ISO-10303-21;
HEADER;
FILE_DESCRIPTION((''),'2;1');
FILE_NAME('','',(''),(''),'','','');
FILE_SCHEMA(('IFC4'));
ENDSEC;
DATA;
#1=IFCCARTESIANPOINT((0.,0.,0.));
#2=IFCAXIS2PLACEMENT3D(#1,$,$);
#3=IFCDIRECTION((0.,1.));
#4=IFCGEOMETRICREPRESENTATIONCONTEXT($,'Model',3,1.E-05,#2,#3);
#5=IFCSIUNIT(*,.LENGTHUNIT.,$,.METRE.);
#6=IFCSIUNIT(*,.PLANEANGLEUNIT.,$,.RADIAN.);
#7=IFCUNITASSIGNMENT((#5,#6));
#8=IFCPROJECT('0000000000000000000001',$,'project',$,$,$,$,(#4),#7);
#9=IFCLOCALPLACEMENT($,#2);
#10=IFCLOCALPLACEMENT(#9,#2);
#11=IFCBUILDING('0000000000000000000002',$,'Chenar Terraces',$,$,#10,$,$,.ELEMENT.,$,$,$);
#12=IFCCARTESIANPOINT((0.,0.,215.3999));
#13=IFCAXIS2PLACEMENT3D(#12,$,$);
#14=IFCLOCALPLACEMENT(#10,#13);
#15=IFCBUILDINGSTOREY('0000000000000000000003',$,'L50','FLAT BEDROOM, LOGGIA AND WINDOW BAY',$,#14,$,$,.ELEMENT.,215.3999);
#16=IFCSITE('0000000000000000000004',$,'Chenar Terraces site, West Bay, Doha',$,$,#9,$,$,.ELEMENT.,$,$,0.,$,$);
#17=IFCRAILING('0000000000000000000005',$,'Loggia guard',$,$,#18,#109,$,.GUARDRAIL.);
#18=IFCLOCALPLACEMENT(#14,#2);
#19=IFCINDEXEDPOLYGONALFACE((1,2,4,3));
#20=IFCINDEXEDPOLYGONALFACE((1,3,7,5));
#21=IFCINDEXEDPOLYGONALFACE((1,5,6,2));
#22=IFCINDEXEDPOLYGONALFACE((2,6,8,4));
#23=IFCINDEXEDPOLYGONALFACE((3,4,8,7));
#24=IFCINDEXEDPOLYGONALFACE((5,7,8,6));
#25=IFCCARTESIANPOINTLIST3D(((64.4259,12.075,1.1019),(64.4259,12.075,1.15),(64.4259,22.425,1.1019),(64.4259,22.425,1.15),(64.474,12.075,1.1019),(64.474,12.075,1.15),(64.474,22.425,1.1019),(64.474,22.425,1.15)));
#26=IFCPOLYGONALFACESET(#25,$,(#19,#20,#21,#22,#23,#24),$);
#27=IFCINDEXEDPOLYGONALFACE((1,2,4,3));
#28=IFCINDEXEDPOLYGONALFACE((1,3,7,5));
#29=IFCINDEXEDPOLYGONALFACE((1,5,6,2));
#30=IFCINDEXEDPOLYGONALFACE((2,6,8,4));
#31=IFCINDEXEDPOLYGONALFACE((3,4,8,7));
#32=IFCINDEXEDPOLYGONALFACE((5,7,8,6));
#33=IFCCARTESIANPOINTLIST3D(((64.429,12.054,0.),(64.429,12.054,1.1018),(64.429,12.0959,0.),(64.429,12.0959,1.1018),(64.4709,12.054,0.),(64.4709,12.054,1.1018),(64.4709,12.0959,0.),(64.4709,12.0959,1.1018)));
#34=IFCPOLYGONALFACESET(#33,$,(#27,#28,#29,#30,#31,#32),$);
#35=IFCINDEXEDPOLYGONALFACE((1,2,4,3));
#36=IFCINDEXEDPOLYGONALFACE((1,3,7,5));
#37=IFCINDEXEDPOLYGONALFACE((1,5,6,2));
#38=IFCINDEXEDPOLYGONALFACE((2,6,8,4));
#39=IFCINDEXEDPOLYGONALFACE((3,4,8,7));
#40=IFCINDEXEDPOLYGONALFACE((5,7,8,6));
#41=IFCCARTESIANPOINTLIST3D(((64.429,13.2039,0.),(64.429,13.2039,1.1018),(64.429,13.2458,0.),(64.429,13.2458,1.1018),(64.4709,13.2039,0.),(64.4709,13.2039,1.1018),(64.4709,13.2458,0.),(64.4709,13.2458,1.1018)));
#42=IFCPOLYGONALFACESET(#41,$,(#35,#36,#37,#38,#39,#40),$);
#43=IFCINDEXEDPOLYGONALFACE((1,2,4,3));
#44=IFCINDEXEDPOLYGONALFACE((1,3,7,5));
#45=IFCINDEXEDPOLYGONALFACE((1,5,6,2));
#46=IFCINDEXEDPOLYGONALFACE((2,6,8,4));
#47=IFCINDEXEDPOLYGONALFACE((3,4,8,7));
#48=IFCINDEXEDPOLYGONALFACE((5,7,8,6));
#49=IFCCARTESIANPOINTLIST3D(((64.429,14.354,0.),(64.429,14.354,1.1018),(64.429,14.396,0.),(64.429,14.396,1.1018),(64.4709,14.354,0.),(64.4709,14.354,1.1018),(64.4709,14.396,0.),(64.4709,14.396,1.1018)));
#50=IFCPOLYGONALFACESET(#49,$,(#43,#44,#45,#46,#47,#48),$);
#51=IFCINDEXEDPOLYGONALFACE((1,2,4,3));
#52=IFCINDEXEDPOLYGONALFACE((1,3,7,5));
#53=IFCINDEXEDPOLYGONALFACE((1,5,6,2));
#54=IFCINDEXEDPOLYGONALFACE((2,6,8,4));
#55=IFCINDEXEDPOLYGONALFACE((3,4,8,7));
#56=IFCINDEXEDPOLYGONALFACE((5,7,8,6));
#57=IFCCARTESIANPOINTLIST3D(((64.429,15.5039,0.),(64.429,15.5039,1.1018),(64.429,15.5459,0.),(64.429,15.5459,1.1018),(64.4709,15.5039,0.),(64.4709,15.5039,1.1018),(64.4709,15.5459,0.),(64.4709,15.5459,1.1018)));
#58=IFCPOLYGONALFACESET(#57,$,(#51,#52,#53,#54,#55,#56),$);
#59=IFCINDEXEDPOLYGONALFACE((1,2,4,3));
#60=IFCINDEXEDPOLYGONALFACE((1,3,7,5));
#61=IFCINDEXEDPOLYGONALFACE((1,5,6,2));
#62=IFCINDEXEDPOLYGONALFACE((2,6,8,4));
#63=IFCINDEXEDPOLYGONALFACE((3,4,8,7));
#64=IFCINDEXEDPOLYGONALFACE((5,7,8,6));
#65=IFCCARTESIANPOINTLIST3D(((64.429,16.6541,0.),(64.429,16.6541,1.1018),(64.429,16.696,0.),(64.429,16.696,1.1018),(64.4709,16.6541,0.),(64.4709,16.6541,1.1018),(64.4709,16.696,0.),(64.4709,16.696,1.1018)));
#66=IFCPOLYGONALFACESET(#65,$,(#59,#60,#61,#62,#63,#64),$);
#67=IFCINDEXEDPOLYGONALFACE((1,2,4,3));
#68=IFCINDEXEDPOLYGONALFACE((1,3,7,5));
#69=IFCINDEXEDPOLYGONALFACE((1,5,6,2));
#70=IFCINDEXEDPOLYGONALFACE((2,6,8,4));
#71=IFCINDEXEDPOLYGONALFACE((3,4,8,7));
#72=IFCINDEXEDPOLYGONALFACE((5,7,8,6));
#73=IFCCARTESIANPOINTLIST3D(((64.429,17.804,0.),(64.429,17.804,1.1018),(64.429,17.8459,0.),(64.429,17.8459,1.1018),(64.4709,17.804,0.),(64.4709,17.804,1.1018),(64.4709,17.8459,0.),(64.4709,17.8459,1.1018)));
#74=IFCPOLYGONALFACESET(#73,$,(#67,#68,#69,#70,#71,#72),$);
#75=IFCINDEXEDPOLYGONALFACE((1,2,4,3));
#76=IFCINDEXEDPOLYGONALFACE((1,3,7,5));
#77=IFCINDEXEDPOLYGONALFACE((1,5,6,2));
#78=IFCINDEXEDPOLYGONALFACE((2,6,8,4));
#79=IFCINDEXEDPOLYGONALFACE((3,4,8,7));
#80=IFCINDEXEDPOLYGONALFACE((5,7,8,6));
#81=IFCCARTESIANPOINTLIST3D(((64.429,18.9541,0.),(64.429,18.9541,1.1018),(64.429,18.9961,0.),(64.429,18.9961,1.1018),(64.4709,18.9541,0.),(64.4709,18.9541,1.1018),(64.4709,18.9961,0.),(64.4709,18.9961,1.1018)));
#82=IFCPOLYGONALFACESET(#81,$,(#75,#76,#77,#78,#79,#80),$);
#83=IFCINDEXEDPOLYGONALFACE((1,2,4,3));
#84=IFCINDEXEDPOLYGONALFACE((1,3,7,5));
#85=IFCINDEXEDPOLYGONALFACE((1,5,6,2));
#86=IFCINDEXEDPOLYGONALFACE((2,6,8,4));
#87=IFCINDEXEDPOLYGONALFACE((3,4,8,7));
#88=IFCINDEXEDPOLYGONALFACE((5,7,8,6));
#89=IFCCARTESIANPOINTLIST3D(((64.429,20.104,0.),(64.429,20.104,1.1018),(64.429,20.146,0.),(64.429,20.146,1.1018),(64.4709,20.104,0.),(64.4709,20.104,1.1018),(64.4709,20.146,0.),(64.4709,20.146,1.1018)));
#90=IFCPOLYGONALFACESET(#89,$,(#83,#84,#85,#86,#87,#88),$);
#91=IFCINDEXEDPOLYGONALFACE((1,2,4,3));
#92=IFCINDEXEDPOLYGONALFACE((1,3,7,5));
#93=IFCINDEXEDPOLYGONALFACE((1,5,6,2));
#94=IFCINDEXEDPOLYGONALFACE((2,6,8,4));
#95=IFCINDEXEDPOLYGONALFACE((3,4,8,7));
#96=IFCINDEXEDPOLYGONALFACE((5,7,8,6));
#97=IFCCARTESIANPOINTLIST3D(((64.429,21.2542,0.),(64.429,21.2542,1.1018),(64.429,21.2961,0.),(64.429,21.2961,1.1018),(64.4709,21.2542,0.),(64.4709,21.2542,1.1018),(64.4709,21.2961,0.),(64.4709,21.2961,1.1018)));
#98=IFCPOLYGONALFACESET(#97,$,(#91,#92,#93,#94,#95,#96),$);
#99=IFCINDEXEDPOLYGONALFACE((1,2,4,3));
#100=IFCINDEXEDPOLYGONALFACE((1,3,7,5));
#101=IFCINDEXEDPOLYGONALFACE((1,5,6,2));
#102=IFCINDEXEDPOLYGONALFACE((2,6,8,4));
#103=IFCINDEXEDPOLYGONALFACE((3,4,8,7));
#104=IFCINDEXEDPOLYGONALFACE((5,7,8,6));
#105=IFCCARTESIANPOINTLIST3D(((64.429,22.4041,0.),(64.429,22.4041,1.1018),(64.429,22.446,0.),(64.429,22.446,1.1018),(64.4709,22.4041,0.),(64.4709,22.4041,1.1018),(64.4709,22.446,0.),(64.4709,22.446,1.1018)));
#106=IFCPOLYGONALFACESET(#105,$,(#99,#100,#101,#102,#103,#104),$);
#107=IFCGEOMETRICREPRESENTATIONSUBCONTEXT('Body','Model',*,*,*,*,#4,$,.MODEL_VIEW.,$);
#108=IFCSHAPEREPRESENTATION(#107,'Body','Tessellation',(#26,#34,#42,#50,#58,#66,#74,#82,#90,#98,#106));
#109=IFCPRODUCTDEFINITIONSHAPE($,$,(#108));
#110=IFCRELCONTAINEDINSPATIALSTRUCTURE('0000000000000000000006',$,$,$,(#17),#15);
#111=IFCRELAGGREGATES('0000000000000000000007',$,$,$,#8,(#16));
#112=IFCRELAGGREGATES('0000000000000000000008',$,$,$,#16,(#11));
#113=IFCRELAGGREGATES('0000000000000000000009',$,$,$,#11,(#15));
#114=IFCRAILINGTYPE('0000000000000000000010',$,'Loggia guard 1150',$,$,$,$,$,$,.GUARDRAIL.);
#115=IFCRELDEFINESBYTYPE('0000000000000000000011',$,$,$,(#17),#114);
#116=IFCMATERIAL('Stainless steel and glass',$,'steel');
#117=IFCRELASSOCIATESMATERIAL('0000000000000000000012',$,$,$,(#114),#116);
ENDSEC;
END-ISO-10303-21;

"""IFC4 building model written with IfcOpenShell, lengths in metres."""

from ifc_helpers import new_model, si_unit, direction, frame, origin, origin_2d, place, context, subcontext, project, spatial, rectangle, extrude, material, type_object, element, save


model = new_model("IFC4")

# Units and contexts
model_context = context("Model", 3, precision=1e-05, world=origin(), true_north=direction((0.0, 1.0)))
body_context = subcontext(model_context, "Body", "Model", "MODEL_VIEW")
ifc_project = project(units=[si_unit("LENGTHUNIT", "METRE"), si_unit("PLANEANGLEUNIT", "RADIAN")], contexts=[model_context])

# Site, building, storey
site_placement = place(None, origin())
site = spatial("IfcSite", under=ifc_project, at=site_placement, Name="Chenar Terraces site, West Bay, Doha", CompositionType="ELEMENT", RefElevation=0.0)
building_placement = place(site_placement, origin())
building = spatial("IfcBuilding", under=site, at=building_placement, Name="Chenar Terraces", CompositionType="ELEMENT")
storey_placement = place(building_placement, frame((0.0, 0.0, 215.3999)))
storey = spatial("IfcBuildingStorey", under=building, at=storey_placement, Name="L50", Description="FLAT BEDROOM, LOGGIA AND WINDOW BAY", CompositionType="ELEMENT", Elevation=215.3999)

# Railing
ifc_material_1 = material(Name="Stainless steel and glass", Category="steel")
railing_type = type_object("IfcRailingType", Name="Loggia guard 1150", PredefinedType="GUARDRAIL", material=ifc_material_1)
railing_placement = place(storey_placement, frame((64.45, 12.075, 0.0)))
element("IfcRailing", 1, at=railing_placement, inside=storey, type_object=railing_type, Name="Loggia guard", PredefinedType="GUARDRAIL", context=body_context, shape_type="SweptSolid", body=[
    extrude(rectangle(XDim=0.0481, YDim=0.0481, at=origin_2d()), frame((0.0, 0.0, 1.126), z_axis=(0.0, 1.0, 0.0), x_axis=(-1.0, 0.0, 0.0)), (0.0, 0.0, 1.0), 10.3501),
    extrude(rectangle(XDim=0.042, YDim=0.042, at=origin_2d()), origin(), (0.0, 0.0, 1.0), 1.1018),
    extrude(rectangle(XDim=0.042, YDim=0.042, at=origin_2d()), frame((0.0, 1.1499, 0.0)), (0.0, 0.0, 1.0), 1.1018),
    extrude(rectangle(XDim=0.042, YDim=0.042, at=origin_2d()), frame((0.0, 2.3, 0.0)), (0.0, 0.0, 1.0), 1.1018),
    extrude(rectangle(XDim=0.042, YDim=0.042, at=origin_2d()), frame((0.0, 3.45, 0.0)), (0.0, 0.0, 1.0), 1.1018),
    extrude(rectangle(XDim=0.042, YDim=0.042, at=origin_2d()), frame((0.0, 4.6001, 0.0)), (0.0, 0.0, 1.0), 1.1018),
    extrude(rectangle(XDim=0.042, YDim=0.042, at=origin_2d()), frame((0.0, 5.75, 0.0)), (0.0, 0.0, 1.0), 1.1018),
    extrude(rectangle(XDim=0.042, YDim=0.042, at=origin_2d()), frame((0.0, 6.9001, 0.0)), (0.0, 0.0, 1.0), 1.1018),
    extrude(rectangle(XDim=0.042, YDim=0.042, at=origin_2d()), frame((0.0, 8.05, 0.0)), (0.0, 0.0, 1.0), 1.1018),
    extrude(rectangle(XDim=0.042, YDim=0.042, at=origin_2d()), frame((0.0, 9.2002, 0.0)), (0.0, 0.0, 1.0), 1.1018),
    extrude(rectangle(XDim=0.042, YDim=0.042, at=origin_2d()), frame((0.0, 10.3501, 0.0)), (0.0, 0.0, 1.0), 1.1018),
])

save(model, "model.ifc")
